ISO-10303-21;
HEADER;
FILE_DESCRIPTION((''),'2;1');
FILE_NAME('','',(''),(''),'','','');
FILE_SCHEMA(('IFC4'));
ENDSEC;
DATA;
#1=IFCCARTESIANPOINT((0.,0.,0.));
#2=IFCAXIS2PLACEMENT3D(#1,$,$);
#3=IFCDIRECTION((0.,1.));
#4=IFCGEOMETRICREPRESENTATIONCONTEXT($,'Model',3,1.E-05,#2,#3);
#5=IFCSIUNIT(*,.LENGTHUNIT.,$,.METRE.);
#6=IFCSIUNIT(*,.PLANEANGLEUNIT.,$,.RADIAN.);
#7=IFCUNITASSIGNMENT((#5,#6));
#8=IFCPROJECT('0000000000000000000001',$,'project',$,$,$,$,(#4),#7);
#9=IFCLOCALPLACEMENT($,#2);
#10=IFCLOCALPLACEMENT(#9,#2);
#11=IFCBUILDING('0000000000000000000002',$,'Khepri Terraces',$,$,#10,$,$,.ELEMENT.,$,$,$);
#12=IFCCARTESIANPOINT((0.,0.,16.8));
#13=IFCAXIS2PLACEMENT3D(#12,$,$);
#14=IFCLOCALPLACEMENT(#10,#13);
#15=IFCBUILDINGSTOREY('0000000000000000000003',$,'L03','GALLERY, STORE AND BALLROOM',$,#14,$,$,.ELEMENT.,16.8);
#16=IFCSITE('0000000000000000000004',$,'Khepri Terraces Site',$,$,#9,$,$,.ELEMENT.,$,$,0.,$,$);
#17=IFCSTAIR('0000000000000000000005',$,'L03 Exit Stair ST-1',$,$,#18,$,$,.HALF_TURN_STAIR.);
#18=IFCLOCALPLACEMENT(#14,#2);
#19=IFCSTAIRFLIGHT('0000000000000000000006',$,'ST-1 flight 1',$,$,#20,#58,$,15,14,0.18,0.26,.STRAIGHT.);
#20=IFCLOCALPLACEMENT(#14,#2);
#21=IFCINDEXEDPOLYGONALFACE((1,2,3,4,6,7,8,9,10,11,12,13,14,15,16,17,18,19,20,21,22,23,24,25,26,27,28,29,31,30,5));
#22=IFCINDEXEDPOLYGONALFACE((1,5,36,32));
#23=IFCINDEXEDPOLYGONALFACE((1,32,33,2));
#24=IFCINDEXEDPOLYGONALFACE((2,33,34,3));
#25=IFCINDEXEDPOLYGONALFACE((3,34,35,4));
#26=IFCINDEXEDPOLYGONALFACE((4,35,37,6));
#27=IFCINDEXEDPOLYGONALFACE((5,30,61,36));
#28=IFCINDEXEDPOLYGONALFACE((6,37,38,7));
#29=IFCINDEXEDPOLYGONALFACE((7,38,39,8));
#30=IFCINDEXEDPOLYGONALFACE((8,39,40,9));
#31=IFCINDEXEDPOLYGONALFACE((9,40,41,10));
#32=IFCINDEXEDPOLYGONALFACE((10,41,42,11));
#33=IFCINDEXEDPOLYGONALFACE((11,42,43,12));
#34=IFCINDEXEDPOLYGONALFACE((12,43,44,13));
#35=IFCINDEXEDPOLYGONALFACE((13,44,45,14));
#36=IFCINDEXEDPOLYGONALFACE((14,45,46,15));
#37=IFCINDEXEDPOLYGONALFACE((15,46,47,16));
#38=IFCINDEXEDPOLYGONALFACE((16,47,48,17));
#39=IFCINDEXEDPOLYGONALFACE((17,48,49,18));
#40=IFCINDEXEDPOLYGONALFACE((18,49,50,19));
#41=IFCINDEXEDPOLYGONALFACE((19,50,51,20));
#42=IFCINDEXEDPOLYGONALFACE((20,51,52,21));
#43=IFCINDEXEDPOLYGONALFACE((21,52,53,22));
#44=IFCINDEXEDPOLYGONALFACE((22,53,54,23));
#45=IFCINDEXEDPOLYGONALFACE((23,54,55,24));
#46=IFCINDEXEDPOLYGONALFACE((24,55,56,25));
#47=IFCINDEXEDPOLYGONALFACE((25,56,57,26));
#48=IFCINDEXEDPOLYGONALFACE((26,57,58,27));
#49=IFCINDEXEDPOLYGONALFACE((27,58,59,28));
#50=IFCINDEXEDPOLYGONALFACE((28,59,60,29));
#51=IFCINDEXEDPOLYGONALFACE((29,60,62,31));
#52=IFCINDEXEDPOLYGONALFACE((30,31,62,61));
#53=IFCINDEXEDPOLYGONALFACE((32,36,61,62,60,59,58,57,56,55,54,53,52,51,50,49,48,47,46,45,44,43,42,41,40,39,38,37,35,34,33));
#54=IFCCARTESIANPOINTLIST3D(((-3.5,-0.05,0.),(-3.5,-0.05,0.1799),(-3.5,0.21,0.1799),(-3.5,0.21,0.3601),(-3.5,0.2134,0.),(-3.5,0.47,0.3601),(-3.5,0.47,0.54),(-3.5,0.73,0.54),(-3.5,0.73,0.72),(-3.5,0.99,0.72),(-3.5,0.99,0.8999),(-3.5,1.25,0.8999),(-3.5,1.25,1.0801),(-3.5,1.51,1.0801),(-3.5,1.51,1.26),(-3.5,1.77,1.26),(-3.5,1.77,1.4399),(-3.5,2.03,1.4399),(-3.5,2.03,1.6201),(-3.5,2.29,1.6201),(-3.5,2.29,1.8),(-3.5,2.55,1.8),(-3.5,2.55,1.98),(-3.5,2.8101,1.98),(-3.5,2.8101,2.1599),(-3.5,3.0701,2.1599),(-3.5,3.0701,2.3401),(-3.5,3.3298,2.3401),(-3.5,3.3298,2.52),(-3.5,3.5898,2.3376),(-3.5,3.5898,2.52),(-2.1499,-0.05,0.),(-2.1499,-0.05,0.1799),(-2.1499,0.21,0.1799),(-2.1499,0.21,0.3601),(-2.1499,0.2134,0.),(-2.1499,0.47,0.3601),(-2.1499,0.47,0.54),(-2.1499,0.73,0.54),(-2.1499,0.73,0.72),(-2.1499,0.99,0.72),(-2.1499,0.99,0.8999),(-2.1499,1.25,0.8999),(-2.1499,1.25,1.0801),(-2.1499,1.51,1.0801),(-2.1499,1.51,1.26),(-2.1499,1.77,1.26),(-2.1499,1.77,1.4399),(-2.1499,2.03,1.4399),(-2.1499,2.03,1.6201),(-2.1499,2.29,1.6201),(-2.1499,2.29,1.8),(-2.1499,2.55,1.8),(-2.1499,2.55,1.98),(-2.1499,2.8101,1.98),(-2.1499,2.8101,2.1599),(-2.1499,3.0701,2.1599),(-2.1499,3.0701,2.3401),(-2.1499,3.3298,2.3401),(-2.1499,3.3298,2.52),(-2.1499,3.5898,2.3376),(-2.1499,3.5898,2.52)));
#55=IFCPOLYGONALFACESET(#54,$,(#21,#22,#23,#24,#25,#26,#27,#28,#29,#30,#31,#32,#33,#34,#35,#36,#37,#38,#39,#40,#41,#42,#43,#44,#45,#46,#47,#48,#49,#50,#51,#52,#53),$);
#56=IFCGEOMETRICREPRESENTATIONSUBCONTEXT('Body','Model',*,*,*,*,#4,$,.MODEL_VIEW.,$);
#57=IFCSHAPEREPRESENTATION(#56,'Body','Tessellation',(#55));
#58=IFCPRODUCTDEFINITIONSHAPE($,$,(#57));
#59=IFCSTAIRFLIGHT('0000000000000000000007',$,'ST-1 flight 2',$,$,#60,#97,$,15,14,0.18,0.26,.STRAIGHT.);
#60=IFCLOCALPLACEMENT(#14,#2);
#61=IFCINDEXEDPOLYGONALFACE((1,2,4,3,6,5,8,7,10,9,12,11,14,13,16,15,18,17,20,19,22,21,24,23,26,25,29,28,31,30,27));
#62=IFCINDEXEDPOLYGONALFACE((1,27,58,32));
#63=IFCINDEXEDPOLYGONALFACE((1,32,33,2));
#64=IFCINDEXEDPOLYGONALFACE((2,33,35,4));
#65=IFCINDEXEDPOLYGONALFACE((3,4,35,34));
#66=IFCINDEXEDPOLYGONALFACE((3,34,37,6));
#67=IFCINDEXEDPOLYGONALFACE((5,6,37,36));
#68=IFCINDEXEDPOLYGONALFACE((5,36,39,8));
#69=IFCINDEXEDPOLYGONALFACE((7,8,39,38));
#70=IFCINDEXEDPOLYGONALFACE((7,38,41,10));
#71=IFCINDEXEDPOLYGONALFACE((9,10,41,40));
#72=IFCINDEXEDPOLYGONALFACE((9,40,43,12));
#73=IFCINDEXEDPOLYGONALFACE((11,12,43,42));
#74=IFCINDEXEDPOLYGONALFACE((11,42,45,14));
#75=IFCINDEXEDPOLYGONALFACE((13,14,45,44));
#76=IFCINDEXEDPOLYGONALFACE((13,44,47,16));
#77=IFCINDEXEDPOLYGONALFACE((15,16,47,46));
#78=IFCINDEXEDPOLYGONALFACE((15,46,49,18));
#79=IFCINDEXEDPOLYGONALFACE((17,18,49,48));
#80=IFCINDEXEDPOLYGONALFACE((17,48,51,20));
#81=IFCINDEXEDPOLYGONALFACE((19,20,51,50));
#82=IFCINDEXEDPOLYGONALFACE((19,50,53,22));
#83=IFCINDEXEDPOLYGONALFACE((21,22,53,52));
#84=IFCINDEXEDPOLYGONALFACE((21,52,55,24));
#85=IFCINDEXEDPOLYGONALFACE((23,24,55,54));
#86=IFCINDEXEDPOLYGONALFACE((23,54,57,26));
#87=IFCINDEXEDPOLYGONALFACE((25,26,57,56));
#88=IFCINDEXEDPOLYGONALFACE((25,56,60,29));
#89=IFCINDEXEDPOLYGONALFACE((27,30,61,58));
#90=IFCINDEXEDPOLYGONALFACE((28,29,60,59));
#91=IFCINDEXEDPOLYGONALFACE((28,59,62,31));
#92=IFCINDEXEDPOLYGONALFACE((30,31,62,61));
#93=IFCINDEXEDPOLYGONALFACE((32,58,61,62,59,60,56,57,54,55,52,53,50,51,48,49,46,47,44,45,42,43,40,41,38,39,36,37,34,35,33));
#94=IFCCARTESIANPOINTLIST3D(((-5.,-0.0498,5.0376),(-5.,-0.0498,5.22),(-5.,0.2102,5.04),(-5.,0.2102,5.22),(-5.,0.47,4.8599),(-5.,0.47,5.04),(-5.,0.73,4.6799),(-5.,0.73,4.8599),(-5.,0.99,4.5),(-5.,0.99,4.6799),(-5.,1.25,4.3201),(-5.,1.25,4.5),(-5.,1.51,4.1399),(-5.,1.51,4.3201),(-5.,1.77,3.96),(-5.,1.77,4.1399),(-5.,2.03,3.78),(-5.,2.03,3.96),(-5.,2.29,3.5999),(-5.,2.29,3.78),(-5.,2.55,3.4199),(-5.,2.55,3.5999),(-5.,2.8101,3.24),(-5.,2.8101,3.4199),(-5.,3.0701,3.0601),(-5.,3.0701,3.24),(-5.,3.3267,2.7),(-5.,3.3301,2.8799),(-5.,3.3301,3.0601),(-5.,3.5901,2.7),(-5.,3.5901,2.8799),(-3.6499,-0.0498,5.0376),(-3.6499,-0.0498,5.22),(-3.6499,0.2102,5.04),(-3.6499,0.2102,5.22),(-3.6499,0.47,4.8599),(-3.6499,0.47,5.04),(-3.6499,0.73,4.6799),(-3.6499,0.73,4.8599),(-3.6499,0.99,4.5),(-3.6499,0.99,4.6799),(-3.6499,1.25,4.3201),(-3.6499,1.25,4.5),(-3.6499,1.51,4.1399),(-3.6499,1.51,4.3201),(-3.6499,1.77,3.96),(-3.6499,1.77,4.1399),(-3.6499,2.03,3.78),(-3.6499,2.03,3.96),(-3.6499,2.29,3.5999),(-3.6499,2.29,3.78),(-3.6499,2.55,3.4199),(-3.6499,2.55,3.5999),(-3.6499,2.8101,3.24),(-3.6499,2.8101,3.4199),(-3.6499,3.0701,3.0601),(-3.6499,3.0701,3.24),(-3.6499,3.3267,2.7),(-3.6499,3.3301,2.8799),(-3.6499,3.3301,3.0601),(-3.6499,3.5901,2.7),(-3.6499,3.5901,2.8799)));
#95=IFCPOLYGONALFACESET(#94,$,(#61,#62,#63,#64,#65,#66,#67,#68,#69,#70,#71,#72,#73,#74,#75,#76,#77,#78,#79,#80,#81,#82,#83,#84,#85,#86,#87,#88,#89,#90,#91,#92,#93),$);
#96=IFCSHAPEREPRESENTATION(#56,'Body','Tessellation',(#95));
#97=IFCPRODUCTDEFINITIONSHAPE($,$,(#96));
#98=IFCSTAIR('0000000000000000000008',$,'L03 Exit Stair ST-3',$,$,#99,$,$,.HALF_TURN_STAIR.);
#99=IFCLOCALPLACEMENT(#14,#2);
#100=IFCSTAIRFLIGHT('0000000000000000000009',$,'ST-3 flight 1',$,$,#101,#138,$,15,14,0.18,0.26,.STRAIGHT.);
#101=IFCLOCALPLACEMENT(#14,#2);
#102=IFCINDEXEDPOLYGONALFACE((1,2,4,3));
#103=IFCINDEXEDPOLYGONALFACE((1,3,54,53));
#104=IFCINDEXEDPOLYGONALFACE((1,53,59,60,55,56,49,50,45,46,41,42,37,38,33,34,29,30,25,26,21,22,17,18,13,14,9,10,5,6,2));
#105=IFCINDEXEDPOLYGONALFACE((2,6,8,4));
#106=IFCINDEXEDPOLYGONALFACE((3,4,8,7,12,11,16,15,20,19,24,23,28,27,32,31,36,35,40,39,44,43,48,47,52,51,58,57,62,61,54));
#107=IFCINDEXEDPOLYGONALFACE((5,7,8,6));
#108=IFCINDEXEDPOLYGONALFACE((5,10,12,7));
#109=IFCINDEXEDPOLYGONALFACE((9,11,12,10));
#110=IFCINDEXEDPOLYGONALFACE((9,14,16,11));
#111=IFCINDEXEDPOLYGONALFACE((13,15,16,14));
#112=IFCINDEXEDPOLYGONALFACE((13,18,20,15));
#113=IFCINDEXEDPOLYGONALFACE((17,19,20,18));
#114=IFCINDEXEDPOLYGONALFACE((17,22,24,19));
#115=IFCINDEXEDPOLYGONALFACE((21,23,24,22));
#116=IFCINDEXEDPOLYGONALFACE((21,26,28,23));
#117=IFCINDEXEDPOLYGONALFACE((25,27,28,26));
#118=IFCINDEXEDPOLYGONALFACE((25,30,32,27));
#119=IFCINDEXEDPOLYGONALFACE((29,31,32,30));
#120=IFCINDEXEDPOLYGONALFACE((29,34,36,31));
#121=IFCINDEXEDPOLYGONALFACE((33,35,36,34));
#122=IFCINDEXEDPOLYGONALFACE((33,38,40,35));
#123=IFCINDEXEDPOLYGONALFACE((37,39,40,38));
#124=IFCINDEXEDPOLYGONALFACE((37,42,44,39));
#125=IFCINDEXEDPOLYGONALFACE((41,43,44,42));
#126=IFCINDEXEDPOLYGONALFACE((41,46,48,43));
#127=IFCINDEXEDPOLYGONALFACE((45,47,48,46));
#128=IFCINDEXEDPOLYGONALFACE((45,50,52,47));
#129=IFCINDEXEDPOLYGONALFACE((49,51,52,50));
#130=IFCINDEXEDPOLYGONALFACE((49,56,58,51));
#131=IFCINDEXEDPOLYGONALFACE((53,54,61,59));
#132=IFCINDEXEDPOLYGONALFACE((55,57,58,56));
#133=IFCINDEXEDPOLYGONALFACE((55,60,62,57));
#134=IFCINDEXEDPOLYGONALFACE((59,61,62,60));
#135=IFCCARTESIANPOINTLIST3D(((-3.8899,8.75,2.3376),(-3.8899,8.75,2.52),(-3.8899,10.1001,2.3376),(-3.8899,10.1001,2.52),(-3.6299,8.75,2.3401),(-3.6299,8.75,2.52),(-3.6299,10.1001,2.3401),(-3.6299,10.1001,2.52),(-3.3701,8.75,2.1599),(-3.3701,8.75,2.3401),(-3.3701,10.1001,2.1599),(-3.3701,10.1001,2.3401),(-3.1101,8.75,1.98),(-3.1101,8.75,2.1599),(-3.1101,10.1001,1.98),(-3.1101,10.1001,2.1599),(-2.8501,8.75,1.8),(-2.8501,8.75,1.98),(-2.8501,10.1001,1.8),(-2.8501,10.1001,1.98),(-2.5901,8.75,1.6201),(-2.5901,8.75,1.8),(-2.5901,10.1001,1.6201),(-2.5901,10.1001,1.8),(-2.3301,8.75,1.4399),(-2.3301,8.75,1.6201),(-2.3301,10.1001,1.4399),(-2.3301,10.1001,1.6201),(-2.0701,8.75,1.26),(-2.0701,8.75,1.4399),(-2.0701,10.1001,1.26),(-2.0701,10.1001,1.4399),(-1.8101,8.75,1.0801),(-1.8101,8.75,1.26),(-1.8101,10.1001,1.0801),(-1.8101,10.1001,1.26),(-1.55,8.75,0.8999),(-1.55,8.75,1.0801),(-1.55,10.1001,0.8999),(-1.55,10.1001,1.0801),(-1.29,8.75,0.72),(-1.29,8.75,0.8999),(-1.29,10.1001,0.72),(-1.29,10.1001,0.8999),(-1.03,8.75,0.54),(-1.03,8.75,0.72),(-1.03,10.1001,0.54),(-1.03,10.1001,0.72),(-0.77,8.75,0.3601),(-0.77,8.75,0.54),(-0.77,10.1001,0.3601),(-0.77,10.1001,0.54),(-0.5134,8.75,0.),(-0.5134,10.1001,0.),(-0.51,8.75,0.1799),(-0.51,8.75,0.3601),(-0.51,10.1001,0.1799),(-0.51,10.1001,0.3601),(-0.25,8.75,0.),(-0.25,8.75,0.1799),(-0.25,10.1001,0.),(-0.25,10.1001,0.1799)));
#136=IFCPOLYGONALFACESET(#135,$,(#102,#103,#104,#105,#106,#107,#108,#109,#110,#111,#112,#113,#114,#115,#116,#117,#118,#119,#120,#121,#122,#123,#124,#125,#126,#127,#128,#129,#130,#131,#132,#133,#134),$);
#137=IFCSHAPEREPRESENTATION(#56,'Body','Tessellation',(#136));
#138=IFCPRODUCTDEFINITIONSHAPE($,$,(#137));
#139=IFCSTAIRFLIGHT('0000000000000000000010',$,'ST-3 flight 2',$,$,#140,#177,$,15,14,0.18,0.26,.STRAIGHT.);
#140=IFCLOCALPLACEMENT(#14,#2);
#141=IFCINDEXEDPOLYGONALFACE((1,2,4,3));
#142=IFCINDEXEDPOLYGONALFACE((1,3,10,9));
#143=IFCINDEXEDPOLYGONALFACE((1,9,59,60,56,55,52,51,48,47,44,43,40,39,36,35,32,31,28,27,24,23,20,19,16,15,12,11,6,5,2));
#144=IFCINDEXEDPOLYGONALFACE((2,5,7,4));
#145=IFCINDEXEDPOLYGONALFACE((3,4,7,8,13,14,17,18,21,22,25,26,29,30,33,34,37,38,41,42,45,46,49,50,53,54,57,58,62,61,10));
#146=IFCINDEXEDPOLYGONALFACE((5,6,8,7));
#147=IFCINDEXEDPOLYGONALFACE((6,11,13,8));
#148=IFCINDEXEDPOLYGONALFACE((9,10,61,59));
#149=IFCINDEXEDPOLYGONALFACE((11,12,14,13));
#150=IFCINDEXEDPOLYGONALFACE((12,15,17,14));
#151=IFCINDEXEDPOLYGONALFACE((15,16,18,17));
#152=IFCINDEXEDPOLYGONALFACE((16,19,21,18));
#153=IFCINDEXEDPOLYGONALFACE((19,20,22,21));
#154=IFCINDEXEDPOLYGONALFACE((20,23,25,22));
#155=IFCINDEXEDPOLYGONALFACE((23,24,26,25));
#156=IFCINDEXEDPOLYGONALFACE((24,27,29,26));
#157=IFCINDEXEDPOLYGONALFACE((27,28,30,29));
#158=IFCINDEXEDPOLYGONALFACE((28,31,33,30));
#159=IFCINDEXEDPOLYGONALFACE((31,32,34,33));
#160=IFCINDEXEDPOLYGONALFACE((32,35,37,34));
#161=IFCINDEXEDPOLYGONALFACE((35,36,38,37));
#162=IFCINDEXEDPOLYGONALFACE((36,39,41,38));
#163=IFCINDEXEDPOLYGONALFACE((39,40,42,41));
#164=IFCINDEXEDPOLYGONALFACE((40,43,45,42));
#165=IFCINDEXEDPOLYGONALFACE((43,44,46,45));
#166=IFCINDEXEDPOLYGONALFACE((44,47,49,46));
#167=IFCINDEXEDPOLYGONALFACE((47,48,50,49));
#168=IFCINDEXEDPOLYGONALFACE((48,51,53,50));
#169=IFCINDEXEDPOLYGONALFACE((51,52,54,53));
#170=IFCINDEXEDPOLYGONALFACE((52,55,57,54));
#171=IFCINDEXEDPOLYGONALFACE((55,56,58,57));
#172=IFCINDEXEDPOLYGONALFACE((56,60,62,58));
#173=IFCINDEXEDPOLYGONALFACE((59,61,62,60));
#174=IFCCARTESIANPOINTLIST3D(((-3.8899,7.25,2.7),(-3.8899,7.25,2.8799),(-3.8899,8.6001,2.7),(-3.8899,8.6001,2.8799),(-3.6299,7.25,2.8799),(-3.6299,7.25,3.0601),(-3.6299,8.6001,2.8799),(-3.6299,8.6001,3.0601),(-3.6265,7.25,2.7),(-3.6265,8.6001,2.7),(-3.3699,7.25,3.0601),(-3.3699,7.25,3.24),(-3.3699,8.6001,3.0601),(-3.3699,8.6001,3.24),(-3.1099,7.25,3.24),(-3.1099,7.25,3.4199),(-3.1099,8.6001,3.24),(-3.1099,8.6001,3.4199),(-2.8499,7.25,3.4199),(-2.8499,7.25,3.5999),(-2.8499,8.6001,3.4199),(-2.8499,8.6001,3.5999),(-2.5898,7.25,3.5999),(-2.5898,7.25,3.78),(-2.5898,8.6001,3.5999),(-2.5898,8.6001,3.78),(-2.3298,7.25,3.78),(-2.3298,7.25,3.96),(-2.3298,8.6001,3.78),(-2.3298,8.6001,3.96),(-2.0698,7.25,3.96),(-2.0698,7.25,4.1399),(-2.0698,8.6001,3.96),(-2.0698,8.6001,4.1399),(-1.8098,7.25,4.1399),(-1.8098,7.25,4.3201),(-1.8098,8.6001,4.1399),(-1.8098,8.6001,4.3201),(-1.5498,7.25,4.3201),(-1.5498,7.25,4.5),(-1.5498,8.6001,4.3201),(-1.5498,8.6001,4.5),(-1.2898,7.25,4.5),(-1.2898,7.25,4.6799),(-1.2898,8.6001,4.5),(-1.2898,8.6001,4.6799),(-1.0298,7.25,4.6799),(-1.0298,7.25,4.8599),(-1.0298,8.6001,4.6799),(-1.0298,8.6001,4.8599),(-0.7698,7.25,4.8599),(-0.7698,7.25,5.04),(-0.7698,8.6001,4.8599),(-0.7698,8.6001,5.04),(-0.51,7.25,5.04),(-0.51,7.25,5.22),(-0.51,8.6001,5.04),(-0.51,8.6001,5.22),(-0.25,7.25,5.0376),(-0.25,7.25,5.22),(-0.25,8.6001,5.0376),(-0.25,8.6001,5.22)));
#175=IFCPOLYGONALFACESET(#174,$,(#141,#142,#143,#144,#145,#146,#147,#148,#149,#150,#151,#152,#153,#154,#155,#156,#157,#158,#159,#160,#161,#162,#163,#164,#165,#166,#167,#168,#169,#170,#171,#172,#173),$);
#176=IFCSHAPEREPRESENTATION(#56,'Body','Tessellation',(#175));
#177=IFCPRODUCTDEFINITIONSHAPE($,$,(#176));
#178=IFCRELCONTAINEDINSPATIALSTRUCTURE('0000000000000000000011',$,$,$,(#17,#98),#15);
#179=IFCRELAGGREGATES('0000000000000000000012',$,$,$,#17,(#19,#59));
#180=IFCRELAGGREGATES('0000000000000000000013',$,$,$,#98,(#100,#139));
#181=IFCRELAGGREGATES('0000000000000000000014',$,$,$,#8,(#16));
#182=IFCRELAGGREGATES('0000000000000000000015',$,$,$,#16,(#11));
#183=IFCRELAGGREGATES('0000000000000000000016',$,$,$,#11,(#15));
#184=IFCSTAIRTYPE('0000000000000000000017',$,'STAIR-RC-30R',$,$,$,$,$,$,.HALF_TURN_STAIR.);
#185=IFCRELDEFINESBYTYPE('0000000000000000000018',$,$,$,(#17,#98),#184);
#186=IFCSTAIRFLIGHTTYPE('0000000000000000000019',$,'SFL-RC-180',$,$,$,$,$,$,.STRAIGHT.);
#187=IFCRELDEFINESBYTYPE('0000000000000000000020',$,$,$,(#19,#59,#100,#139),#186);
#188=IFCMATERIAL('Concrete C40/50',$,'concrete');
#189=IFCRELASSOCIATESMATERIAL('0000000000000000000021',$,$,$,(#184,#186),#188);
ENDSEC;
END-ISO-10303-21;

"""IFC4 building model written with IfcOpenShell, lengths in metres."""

from ifc_helpers import new_model, si_unit, direction, frame, origin, place, context, subcontext, project, spatial, polyline, outline, extrude, material, type_object, element, aggregate, save


model = new_model("IFC4")

# Units and contexts
model_context = context("Model", 3, precision=1e-05, world=origin(), true_north=direction((0.0, 1.0)))
body_context = subcontext(model_context, "Body", "Model", "MODEL_VIEW")
ifc_project = project(units=[si_unit("LENGTHUNIT", "METRE"), si_unit("PLANEANGLEUNIT", "RADIAN")], contexts=[model_context])

# Site, building, storey
site_placement = place(None, origin())
site = spatial("IfcSite", under=ifc_project, at=site_placement, Name="Khepri Terraces Site", CompositionType="ELEMENT", RefElevation=0.0)
building_placement = place(site_placement, origin())
building = spatial("IfcBuilding", under=site, at=building_placement, Name="Khepri Terraces", CompositionType="ELEMENT")
storey_placement = place(building_placement, frame((0.0, 0.0, 16.8)))
storey = spatial("IfcBuildingStorey", under=building, at=storey_placement, Name="L03", Description="GALLERY, STORE AND BALLROOM", CompositionType="ELEMENT", Elevation=16.8)

# Shared definitions
ifc_material_1 = material(Name="Concrete C40/50", Category="concrete")

# Stairs, stair flights
stair_type = type_object("IfcStairType", Name="STAIR-RC-30R", PredefinedType="HALF_TURN_STAIR", material=ifc_material_1)
stair_1_placement = place(storey_placement, origin())
stair_1 = element("IfcStair", 1, at=stair_1_placement, inside=storey, type_object=stair_type, Name="L03 Exit Stair ST-1", PredefinedType="HALF_TURN_STAIR")
stair_flight_type = type_object("IfcStairFlightType", Name="SFL-RC-180", PredefinedType="STRAIGHT", material=ifc_material_1)
stair_flight_1_placement = place(storey_placement, frame((-2.825, -0.05, 0.0), z_axis=(0.0, 0.0, 1.0), x_axis=(0.0, 1.0, 0.0)))
stair_flight_1 = element("IfcStairFlight", 2, at=stair_flight_1_placement, type_object=stair_flight_type, Name="ST-1 flight 1", NumberOfRisers=15, NumberOfTreads=14, PredefinedType="STRAIGHT", RiserHeight=0.18, TreadLength=0.26, context=body_context, shape_type="SweptSolid", body=[
    extrude(outline(polyline([(0.0, 0.0), (0.0, 0.1799), (0.26, 0.1799), (0.26, 0.3601), (0.52, 0.3601), (0.52, 0.54), (0.78, 0.54), (0.78, 0.72), (1.04, 0.72), (1.04, 0.8999), (1.3, 0.8999), (1.3, 1.0801), (1.5601, 1.0801), (1.5601, 1.26), (1.8201, 1.26), (1.8201, 1.4399), (2.0801, 1.4399), (2.0801, 1.6201), (2.3401, 1.6201), (2.3401, 1.8), (2.6001, 1.8), (2.6001, 1.98), (2.8601, 1.98), (2.8601, 2.1599), (3.1201, 2.1599), (3.1201, 2.3401), (3.3799, 2.3401), (3.3799, 2.52), (3.6399, 2.52), (3.6399, 2.7), (3.6399, 2.3376), (0.2634, 0.0), (0.0, 0.0)])), frame((0.0, 0.675, 0.0), z_axis=(0.0, -1.0, 0.0), x_axis=(1.0, 0.0, 0.0)), (0.0, 0.0, 1.0), 1.3501),
])
stair_flight_2_placement = place(storey_placement, frame((-4.325, 3.5901, 2.7), z_axis=(0.0, 0.0, 1.0), x_axis=(0.0, -1.0, 0.0)))
stair_flight_2 = element("IfcStairFlight", 3, at=stair_flight_2_placement, type_object=stair_flight_type, Name="ST-1 flight 2", NumberOfRisers=15, NumberOfTreads=14, PredefinedType="STRAIGHT", RiserHeight=0.18, TreadLength=0.26, context=body_context, shape_type="SweptSolid", body=[
    extrude(outline(polyline([(0.0, 0.0), (0.0, 0.1799), (0.26, 0.1799), (0.26, 0.3601), (0.52, 0.3601), (0.52, 0.54), (0.78, 0.54), (0.78, 0.72), (1.04, 0.72), (1.04, 0.8999), (1.3, 0.8999), (1.3, 1.0801), (1.5601, 1.0801), (1.5601, 1.26), (1.8201, 1.26), (1.8201, 1.4399), (2.0801, 1.4399), (2.0801, 1.6201), (2.3401, 1.6201), (2.3401, 1.8), (2.6001, 1.8), (2.6001, 1.98), (2.8601, 1.98), (2.8601, 2.1599), (3.1201, 2.1599), (3.1201, 2.3401), (3.3799, 2.3401), (3.3799, 2.52), (3.6399, 2.52), (3.6399, 2.7), (3.6399, 2.3376), (0.2634, 0.0), (0.0, 0.0)])), frame((0.0, 0.675, 0.0), z_axis=(0.0, -1.0, 0.0), x_axis=(1.0, 0.0, 0.0)), (0.0, 0.0, 1.0), 1.3501),
])
aggregate(stair_1, [stair_flight_1, stair_flight_2])
stair_2_placement = place(storey_placement, origin())
stair_2 = element("IfcStair", 4, at=stair_2_placement, inside=storey, type_object=stair_type, Name="L03 Exit Stair ST-3", PredefinedType="HALF_TURN_STAIR")
stair_flight_3_placement = place(storey_placement, frame((-0.25, 9.425, 0.0), z_axis=(0.0, 0.0, 1.0), x_axis=(-1.0, 0.0, 0.0)))
stair_flight_3 = element("IfcStairFlight", 5, at=stair_flight_3_placement, type_object=stair_flight_type, Name="ST-3 flight 1", NumberOfRisers=15, NumberOfTreads=14, PredefinedType="STRAIGHT", RiserHeight=0.18, TreadLength=0.26, context=body_context, shape_type="SweptSolid", body=[
    extrude(outline(polyline([(0.0, 0.0), (0.0, 0.1799), (0.26, 0.1799), (0.26, 0.3601), (0.52, 0.3601), (0.52, 0.54), (0.78, 0.54), (0.78, 0.72), (1.04, 0.72), (1.04, 0.8999), (1.3, 0.8999), (1.3, 1.0801), (1.5601, 1.0801), (1.5601, 1.26), (1.8201, 1.26), (1.8201, 1.4399), (2.0801, 1.4399), (2.0801, 1.6201), (2.3401, 1.6201), (2.3401, 1.8), (2.6001, 1.8), (2.6001, 1.98), (2.8601, 1.98), (2.8601, 2.1599), (3.1201, 2.1599), (3.1201, 2.3401), (3.3799, 2.3401), (3.3799, 2.52), (3.6399, 2.52), (3.6399, 2.7), (3.6399, 2.3376), (0.2634, 0.0), (0.0, 0.0)])), frame((0.0, 0.675, 0.0), z_axis=(0.0, -1.0, 0.0), x_axis=(1.0, 0.0, 0.0)), (0.0, 0.0, 1.0), 1.3501),
])
stair_flight_4_placement = place(storey_placement, frame((-3.8899, 7.925, 2.7), z_axis=(0.0, 0.0, 1.0), x_axis=(1.0, 0.0, 0.0)))
stair_flight_4 = element("IfcStairFlight", 6, at=stair_flight_4_placement, type_object=stair_flight_type, Name="ST-3 flight 2", NumberOfRisers=15, NumberOfTreads=14, PredefinedType="STRAIGHT", RiserHeight=0.18, TreadLength=0.26, context=body_context, shape_type="SweptSolid", body=[
    extrude(outline(polyline([(0.0, 0.0), (0.0, 0.1799), (0.26, 0.1799), (0.26, 0.3601), (0.52, 0.3601), (0.52, 0.54), (0.78, 0.54), (0.78, 0.72), (1.04, 0.72), (1.04, 0.8999), (1.3, 0.8999), (1.3, 1.0801), (1.5601, 1.0801), (1.5601, 1.26), (1.8201, 1.26), (1.8201, 1.4399), (2.0801, 1.4399), (2.0801, 1.6201), (2.3401, 1.6201), (2.3401, 1.8), (2.6001, 1.8), (2.6001, 1.98), (2.8601, 1.98), (2.8601, 2.1599), (3.1201, 2.1599), (3.1201, 2.3401), (3.3799, 2.3401), (3.3799, 2.52), (3.6399, 2.52), (3.6399, 2.7), (3.6399, 2.3376), (0.2634, 0.0), (0.0, 0.0)])), frame((0.0, 0.675, 0.0), z_axis=(0.0, -1.0, 0.0), x_axis=(1.0, 0.0, 0.0)), (0.0, 0.0, 1.0), 1.3501),
])
aggregate(stair_2, [stair_flight_3, stair_flight_4])

save(model, "model.ifc")
